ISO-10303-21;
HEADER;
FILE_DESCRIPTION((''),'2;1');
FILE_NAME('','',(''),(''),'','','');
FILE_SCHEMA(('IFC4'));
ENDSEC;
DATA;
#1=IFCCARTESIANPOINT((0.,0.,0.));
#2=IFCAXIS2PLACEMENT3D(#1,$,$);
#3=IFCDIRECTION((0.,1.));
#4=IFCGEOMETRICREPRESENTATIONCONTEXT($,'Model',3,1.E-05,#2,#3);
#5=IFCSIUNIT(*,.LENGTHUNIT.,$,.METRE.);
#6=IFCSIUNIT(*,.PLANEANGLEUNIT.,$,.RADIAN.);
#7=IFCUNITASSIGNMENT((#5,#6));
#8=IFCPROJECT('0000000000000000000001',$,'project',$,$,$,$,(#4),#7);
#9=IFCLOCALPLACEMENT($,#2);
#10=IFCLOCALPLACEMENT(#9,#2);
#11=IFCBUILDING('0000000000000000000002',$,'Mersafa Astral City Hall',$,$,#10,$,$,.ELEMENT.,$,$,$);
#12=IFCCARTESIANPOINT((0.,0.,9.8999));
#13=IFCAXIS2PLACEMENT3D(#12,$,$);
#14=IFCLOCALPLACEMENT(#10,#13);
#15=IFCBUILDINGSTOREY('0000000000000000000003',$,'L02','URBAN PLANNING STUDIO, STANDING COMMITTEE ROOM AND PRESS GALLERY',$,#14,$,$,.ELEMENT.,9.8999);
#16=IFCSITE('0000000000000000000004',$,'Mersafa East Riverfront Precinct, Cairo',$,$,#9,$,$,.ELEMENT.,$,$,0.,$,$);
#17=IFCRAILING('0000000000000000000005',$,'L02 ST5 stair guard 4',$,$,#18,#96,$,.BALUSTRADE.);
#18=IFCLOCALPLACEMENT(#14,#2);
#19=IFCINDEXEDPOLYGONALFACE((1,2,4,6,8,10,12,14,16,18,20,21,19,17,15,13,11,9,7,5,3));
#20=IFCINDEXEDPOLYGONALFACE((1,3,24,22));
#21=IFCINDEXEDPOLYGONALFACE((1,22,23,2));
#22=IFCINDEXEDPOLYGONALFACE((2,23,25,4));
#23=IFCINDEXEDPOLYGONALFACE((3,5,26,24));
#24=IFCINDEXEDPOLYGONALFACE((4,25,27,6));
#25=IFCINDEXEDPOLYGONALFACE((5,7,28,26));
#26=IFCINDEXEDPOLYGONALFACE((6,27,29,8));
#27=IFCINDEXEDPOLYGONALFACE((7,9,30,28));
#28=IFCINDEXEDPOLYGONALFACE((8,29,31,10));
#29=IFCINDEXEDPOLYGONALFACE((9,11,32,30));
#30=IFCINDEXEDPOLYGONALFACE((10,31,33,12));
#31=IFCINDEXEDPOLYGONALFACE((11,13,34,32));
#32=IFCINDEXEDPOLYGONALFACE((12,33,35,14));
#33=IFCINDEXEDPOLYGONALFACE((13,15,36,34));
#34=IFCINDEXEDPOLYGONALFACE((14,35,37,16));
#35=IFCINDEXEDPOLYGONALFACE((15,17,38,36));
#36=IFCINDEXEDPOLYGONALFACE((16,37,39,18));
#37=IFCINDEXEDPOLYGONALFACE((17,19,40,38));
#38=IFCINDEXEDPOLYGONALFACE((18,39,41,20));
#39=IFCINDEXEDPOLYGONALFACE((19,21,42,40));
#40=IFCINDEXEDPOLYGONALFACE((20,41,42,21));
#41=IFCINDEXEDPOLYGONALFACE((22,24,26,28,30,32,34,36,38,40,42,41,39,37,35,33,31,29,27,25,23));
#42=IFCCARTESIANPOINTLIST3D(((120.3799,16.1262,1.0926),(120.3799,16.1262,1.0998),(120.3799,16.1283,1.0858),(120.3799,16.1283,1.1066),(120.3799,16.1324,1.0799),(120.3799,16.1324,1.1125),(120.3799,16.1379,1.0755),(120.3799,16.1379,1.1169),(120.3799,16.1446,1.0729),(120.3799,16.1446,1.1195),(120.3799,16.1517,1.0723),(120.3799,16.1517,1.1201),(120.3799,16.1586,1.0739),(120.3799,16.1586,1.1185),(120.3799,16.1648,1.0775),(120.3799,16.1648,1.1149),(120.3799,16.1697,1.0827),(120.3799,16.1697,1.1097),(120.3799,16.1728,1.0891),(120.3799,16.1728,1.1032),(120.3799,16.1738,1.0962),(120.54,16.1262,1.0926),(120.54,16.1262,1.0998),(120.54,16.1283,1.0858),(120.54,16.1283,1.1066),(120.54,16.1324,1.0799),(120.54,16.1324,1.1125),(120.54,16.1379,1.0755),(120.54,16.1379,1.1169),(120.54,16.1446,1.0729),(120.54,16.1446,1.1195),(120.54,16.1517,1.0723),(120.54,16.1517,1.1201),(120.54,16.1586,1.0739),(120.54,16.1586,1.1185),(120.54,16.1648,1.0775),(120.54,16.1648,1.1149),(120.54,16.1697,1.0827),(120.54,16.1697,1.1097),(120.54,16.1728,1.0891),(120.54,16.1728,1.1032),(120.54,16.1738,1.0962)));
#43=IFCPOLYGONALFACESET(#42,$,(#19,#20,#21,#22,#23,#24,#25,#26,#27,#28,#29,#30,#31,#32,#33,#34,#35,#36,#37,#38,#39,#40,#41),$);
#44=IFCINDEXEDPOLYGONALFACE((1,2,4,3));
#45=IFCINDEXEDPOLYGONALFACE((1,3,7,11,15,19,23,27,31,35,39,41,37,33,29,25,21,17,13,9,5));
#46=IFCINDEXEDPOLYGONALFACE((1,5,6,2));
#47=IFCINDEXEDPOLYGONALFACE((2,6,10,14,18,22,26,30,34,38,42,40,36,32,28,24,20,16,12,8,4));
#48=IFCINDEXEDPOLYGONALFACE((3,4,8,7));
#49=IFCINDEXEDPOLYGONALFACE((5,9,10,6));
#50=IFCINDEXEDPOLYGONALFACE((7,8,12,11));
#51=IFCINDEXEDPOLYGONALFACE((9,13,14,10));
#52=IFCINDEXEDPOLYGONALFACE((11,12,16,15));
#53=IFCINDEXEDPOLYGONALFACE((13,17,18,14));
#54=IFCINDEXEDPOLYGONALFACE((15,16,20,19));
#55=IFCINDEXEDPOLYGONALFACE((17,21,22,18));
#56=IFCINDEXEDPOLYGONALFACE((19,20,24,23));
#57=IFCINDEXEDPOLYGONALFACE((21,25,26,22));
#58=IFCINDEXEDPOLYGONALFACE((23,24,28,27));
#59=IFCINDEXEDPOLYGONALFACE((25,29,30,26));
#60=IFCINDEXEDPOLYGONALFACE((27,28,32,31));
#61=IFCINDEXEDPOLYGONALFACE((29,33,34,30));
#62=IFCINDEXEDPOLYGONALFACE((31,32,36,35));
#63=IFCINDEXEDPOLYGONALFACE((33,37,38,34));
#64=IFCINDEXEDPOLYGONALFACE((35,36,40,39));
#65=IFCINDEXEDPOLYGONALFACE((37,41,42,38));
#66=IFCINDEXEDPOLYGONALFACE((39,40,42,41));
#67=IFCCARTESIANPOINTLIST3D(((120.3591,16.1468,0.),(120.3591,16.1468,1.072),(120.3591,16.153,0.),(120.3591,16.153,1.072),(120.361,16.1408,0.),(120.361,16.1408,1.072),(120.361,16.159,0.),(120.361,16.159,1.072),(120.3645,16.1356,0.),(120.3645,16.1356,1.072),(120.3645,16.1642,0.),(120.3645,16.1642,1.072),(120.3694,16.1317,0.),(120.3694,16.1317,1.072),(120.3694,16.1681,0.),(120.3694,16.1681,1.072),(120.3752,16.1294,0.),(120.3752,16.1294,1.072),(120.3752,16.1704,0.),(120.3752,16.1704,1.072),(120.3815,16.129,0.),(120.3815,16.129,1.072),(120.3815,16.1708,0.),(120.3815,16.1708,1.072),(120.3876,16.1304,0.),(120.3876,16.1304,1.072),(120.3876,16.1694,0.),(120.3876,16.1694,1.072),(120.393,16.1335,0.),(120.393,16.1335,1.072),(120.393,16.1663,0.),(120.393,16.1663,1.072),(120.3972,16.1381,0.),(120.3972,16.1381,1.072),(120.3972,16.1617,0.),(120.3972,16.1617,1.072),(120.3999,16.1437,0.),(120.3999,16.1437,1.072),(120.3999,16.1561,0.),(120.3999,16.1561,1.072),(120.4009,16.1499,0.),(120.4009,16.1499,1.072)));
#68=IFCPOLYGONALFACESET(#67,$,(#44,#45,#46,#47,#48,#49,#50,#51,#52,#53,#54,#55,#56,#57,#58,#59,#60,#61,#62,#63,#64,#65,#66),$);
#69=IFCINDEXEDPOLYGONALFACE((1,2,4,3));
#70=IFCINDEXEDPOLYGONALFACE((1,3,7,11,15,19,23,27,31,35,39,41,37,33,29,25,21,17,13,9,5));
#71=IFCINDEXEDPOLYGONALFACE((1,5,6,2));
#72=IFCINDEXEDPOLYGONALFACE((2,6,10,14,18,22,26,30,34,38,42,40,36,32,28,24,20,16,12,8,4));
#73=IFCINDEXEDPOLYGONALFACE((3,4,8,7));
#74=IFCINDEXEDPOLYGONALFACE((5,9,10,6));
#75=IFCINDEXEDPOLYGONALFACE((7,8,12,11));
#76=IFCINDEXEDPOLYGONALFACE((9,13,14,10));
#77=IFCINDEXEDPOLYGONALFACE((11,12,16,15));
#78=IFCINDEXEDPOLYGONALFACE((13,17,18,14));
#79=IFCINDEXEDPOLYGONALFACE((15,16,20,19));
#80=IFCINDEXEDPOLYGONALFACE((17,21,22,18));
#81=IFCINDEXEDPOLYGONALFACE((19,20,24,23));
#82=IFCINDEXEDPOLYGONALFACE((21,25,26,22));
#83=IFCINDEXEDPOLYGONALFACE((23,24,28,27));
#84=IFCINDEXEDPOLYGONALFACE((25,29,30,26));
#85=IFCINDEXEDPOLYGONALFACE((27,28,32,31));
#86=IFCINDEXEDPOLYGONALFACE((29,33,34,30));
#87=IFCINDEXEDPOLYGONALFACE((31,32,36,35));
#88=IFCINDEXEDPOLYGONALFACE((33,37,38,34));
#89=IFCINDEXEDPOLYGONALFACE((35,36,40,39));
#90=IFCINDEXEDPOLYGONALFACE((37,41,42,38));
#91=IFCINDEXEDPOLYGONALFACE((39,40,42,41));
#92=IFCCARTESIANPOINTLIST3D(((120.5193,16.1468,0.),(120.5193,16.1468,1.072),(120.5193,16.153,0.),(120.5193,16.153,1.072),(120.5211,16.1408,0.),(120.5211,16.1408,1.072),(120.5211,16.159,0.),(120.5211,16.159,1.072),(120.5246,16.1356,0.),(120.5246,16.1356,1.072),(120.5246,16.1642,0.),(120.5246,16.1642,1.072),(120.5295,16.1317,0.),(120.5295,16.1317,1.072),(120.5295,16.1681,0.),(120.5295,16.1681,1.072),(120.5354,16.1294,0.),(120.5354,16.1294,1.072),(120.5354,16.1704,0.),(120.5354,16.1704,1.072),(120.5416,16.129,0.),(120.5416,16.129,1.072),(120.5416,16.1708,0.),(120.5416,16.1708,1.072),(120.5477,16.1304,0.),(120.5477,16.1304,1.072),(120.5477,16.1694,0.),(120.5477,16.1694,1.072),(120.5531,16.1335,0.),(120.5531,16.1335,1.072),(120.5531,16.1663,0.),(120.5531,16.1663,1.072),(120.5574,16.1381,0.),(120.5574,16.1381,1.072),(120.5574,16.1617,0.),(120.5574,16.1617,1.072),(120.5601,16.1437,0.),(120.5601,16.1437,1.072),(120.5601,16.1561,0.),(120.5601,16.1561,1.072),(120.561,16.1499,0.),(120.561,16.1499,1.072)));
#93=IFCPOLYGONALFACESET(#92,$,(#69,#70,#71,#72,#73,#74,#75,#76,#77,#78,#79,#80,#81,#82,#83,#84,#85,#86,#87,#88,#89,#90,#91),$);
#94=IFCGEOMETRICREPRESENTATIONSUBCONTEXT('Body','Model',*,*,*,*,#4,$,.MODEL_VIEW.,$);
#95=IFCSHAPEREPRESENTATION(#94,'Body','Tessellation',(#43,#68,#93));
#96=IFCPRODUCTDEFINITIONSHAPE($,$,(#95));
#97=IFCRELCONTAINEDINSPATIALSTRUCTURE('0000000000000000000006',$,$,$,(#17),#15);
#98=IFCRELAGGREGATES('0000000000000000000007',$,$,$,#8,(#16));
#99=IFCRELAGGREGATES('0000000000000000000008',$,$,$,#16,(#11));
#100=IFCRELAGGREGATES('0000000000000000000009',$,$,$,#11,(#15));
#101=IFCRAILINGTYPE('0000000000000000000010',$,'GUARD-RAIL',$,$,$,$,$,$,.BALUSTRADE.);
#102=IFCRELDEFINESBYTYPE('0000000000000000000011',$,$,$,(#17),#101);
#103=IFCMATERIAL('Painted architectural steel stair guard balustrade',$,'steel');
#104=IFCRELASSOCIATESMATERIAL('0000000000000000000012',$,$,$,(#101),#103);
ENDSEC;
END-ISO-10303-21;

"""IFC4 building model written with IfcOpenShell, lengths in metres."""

from ifc_helpers import new_model, si_unit, direction, frame, origin, origin_2d, place, context, subcontext, project, spatial, circle, extrude, material, type_object, element, save


model = new_model("IFC4")

# Units and contexts
model_context = context("Model", 3, precision=1e-05, world=origin(), true_north=direction((0.0, 1.0)))
body_context = subcontext(model_context, "Body", "Model", "MODEL_VIEW")
ifc_project = project(units=[si_unit("LENGTHUNIT", "METRE"), si_unit("PLANEANGLEUNIT", "RADIAN")], contexts=[model_context])

# Site, building, storey
site_placement = place(None, origin())
site = spatial("IfcSite", under=ifc_project, at=site_placement, Name="Mersafa East Riverfront Precinct, Cairo", CompositionType="ELEMENT", RefElevation=0.0)
building_placement = place(site_placement, origin())
building = spatial("IfcBuilding", under=site, at=building_placement, Name="Mersafa Astral City Hall", CompositionType="ELEMENT")
storey_placement = place(building_placement, frame((0.0, 0.0, 9.8999)))
storey = spatial("IfcBuildingStorey", under=building, at=storey_placement, Name="L02", Description="URBAN PLANNING STUDIO, STANDING COMMITTEE ROOM AND PRESS GALLERY", CompositionType="ELEMENT", Elevation=9.8999)

# Railing
ifc_material_1 = material(Name="Painted architectural steel stair guard balustrade", Category="steel")
railing_type_1 = type_object("IfcRailingType", Name="GUARD-RAIL", PredefinedType="BALUSTRADE", material=ifc_material_1)
railing_1_placement = place(storey_placement, frame((120.3799, 16.1499, 0.0)))
element("IfcRailing", 1, at=railing_1_placement, inside=storey, type_object=railing_type_1, Name="L02 ST5 stair guard 4", PredefinedType="BALUSTRADE", context=body_context, shape_type="SweptSolid", body=[
    extrude(circle(Radius=0.0239, at=origin_2d()), frame((0.0, 0.0, 1.0962), z_axis=(1.0, 0.0, 0.0), x_axis=(0.0, 1.0, 0.0)), (0.0, 0.0, 1.0), 0.1602),
    extrude(circle(Radius=0.021, at=origin_2d()), origin(), (0.0, 0.0, 1.0), 1.072),
    extrude(circle(Radius=0.021, at=origin_2d()), frame((0.1602, 0.0, 0.0)), (0.0, 0.0, 1.0), 1.072),
])

save(model, "model.ifc")
